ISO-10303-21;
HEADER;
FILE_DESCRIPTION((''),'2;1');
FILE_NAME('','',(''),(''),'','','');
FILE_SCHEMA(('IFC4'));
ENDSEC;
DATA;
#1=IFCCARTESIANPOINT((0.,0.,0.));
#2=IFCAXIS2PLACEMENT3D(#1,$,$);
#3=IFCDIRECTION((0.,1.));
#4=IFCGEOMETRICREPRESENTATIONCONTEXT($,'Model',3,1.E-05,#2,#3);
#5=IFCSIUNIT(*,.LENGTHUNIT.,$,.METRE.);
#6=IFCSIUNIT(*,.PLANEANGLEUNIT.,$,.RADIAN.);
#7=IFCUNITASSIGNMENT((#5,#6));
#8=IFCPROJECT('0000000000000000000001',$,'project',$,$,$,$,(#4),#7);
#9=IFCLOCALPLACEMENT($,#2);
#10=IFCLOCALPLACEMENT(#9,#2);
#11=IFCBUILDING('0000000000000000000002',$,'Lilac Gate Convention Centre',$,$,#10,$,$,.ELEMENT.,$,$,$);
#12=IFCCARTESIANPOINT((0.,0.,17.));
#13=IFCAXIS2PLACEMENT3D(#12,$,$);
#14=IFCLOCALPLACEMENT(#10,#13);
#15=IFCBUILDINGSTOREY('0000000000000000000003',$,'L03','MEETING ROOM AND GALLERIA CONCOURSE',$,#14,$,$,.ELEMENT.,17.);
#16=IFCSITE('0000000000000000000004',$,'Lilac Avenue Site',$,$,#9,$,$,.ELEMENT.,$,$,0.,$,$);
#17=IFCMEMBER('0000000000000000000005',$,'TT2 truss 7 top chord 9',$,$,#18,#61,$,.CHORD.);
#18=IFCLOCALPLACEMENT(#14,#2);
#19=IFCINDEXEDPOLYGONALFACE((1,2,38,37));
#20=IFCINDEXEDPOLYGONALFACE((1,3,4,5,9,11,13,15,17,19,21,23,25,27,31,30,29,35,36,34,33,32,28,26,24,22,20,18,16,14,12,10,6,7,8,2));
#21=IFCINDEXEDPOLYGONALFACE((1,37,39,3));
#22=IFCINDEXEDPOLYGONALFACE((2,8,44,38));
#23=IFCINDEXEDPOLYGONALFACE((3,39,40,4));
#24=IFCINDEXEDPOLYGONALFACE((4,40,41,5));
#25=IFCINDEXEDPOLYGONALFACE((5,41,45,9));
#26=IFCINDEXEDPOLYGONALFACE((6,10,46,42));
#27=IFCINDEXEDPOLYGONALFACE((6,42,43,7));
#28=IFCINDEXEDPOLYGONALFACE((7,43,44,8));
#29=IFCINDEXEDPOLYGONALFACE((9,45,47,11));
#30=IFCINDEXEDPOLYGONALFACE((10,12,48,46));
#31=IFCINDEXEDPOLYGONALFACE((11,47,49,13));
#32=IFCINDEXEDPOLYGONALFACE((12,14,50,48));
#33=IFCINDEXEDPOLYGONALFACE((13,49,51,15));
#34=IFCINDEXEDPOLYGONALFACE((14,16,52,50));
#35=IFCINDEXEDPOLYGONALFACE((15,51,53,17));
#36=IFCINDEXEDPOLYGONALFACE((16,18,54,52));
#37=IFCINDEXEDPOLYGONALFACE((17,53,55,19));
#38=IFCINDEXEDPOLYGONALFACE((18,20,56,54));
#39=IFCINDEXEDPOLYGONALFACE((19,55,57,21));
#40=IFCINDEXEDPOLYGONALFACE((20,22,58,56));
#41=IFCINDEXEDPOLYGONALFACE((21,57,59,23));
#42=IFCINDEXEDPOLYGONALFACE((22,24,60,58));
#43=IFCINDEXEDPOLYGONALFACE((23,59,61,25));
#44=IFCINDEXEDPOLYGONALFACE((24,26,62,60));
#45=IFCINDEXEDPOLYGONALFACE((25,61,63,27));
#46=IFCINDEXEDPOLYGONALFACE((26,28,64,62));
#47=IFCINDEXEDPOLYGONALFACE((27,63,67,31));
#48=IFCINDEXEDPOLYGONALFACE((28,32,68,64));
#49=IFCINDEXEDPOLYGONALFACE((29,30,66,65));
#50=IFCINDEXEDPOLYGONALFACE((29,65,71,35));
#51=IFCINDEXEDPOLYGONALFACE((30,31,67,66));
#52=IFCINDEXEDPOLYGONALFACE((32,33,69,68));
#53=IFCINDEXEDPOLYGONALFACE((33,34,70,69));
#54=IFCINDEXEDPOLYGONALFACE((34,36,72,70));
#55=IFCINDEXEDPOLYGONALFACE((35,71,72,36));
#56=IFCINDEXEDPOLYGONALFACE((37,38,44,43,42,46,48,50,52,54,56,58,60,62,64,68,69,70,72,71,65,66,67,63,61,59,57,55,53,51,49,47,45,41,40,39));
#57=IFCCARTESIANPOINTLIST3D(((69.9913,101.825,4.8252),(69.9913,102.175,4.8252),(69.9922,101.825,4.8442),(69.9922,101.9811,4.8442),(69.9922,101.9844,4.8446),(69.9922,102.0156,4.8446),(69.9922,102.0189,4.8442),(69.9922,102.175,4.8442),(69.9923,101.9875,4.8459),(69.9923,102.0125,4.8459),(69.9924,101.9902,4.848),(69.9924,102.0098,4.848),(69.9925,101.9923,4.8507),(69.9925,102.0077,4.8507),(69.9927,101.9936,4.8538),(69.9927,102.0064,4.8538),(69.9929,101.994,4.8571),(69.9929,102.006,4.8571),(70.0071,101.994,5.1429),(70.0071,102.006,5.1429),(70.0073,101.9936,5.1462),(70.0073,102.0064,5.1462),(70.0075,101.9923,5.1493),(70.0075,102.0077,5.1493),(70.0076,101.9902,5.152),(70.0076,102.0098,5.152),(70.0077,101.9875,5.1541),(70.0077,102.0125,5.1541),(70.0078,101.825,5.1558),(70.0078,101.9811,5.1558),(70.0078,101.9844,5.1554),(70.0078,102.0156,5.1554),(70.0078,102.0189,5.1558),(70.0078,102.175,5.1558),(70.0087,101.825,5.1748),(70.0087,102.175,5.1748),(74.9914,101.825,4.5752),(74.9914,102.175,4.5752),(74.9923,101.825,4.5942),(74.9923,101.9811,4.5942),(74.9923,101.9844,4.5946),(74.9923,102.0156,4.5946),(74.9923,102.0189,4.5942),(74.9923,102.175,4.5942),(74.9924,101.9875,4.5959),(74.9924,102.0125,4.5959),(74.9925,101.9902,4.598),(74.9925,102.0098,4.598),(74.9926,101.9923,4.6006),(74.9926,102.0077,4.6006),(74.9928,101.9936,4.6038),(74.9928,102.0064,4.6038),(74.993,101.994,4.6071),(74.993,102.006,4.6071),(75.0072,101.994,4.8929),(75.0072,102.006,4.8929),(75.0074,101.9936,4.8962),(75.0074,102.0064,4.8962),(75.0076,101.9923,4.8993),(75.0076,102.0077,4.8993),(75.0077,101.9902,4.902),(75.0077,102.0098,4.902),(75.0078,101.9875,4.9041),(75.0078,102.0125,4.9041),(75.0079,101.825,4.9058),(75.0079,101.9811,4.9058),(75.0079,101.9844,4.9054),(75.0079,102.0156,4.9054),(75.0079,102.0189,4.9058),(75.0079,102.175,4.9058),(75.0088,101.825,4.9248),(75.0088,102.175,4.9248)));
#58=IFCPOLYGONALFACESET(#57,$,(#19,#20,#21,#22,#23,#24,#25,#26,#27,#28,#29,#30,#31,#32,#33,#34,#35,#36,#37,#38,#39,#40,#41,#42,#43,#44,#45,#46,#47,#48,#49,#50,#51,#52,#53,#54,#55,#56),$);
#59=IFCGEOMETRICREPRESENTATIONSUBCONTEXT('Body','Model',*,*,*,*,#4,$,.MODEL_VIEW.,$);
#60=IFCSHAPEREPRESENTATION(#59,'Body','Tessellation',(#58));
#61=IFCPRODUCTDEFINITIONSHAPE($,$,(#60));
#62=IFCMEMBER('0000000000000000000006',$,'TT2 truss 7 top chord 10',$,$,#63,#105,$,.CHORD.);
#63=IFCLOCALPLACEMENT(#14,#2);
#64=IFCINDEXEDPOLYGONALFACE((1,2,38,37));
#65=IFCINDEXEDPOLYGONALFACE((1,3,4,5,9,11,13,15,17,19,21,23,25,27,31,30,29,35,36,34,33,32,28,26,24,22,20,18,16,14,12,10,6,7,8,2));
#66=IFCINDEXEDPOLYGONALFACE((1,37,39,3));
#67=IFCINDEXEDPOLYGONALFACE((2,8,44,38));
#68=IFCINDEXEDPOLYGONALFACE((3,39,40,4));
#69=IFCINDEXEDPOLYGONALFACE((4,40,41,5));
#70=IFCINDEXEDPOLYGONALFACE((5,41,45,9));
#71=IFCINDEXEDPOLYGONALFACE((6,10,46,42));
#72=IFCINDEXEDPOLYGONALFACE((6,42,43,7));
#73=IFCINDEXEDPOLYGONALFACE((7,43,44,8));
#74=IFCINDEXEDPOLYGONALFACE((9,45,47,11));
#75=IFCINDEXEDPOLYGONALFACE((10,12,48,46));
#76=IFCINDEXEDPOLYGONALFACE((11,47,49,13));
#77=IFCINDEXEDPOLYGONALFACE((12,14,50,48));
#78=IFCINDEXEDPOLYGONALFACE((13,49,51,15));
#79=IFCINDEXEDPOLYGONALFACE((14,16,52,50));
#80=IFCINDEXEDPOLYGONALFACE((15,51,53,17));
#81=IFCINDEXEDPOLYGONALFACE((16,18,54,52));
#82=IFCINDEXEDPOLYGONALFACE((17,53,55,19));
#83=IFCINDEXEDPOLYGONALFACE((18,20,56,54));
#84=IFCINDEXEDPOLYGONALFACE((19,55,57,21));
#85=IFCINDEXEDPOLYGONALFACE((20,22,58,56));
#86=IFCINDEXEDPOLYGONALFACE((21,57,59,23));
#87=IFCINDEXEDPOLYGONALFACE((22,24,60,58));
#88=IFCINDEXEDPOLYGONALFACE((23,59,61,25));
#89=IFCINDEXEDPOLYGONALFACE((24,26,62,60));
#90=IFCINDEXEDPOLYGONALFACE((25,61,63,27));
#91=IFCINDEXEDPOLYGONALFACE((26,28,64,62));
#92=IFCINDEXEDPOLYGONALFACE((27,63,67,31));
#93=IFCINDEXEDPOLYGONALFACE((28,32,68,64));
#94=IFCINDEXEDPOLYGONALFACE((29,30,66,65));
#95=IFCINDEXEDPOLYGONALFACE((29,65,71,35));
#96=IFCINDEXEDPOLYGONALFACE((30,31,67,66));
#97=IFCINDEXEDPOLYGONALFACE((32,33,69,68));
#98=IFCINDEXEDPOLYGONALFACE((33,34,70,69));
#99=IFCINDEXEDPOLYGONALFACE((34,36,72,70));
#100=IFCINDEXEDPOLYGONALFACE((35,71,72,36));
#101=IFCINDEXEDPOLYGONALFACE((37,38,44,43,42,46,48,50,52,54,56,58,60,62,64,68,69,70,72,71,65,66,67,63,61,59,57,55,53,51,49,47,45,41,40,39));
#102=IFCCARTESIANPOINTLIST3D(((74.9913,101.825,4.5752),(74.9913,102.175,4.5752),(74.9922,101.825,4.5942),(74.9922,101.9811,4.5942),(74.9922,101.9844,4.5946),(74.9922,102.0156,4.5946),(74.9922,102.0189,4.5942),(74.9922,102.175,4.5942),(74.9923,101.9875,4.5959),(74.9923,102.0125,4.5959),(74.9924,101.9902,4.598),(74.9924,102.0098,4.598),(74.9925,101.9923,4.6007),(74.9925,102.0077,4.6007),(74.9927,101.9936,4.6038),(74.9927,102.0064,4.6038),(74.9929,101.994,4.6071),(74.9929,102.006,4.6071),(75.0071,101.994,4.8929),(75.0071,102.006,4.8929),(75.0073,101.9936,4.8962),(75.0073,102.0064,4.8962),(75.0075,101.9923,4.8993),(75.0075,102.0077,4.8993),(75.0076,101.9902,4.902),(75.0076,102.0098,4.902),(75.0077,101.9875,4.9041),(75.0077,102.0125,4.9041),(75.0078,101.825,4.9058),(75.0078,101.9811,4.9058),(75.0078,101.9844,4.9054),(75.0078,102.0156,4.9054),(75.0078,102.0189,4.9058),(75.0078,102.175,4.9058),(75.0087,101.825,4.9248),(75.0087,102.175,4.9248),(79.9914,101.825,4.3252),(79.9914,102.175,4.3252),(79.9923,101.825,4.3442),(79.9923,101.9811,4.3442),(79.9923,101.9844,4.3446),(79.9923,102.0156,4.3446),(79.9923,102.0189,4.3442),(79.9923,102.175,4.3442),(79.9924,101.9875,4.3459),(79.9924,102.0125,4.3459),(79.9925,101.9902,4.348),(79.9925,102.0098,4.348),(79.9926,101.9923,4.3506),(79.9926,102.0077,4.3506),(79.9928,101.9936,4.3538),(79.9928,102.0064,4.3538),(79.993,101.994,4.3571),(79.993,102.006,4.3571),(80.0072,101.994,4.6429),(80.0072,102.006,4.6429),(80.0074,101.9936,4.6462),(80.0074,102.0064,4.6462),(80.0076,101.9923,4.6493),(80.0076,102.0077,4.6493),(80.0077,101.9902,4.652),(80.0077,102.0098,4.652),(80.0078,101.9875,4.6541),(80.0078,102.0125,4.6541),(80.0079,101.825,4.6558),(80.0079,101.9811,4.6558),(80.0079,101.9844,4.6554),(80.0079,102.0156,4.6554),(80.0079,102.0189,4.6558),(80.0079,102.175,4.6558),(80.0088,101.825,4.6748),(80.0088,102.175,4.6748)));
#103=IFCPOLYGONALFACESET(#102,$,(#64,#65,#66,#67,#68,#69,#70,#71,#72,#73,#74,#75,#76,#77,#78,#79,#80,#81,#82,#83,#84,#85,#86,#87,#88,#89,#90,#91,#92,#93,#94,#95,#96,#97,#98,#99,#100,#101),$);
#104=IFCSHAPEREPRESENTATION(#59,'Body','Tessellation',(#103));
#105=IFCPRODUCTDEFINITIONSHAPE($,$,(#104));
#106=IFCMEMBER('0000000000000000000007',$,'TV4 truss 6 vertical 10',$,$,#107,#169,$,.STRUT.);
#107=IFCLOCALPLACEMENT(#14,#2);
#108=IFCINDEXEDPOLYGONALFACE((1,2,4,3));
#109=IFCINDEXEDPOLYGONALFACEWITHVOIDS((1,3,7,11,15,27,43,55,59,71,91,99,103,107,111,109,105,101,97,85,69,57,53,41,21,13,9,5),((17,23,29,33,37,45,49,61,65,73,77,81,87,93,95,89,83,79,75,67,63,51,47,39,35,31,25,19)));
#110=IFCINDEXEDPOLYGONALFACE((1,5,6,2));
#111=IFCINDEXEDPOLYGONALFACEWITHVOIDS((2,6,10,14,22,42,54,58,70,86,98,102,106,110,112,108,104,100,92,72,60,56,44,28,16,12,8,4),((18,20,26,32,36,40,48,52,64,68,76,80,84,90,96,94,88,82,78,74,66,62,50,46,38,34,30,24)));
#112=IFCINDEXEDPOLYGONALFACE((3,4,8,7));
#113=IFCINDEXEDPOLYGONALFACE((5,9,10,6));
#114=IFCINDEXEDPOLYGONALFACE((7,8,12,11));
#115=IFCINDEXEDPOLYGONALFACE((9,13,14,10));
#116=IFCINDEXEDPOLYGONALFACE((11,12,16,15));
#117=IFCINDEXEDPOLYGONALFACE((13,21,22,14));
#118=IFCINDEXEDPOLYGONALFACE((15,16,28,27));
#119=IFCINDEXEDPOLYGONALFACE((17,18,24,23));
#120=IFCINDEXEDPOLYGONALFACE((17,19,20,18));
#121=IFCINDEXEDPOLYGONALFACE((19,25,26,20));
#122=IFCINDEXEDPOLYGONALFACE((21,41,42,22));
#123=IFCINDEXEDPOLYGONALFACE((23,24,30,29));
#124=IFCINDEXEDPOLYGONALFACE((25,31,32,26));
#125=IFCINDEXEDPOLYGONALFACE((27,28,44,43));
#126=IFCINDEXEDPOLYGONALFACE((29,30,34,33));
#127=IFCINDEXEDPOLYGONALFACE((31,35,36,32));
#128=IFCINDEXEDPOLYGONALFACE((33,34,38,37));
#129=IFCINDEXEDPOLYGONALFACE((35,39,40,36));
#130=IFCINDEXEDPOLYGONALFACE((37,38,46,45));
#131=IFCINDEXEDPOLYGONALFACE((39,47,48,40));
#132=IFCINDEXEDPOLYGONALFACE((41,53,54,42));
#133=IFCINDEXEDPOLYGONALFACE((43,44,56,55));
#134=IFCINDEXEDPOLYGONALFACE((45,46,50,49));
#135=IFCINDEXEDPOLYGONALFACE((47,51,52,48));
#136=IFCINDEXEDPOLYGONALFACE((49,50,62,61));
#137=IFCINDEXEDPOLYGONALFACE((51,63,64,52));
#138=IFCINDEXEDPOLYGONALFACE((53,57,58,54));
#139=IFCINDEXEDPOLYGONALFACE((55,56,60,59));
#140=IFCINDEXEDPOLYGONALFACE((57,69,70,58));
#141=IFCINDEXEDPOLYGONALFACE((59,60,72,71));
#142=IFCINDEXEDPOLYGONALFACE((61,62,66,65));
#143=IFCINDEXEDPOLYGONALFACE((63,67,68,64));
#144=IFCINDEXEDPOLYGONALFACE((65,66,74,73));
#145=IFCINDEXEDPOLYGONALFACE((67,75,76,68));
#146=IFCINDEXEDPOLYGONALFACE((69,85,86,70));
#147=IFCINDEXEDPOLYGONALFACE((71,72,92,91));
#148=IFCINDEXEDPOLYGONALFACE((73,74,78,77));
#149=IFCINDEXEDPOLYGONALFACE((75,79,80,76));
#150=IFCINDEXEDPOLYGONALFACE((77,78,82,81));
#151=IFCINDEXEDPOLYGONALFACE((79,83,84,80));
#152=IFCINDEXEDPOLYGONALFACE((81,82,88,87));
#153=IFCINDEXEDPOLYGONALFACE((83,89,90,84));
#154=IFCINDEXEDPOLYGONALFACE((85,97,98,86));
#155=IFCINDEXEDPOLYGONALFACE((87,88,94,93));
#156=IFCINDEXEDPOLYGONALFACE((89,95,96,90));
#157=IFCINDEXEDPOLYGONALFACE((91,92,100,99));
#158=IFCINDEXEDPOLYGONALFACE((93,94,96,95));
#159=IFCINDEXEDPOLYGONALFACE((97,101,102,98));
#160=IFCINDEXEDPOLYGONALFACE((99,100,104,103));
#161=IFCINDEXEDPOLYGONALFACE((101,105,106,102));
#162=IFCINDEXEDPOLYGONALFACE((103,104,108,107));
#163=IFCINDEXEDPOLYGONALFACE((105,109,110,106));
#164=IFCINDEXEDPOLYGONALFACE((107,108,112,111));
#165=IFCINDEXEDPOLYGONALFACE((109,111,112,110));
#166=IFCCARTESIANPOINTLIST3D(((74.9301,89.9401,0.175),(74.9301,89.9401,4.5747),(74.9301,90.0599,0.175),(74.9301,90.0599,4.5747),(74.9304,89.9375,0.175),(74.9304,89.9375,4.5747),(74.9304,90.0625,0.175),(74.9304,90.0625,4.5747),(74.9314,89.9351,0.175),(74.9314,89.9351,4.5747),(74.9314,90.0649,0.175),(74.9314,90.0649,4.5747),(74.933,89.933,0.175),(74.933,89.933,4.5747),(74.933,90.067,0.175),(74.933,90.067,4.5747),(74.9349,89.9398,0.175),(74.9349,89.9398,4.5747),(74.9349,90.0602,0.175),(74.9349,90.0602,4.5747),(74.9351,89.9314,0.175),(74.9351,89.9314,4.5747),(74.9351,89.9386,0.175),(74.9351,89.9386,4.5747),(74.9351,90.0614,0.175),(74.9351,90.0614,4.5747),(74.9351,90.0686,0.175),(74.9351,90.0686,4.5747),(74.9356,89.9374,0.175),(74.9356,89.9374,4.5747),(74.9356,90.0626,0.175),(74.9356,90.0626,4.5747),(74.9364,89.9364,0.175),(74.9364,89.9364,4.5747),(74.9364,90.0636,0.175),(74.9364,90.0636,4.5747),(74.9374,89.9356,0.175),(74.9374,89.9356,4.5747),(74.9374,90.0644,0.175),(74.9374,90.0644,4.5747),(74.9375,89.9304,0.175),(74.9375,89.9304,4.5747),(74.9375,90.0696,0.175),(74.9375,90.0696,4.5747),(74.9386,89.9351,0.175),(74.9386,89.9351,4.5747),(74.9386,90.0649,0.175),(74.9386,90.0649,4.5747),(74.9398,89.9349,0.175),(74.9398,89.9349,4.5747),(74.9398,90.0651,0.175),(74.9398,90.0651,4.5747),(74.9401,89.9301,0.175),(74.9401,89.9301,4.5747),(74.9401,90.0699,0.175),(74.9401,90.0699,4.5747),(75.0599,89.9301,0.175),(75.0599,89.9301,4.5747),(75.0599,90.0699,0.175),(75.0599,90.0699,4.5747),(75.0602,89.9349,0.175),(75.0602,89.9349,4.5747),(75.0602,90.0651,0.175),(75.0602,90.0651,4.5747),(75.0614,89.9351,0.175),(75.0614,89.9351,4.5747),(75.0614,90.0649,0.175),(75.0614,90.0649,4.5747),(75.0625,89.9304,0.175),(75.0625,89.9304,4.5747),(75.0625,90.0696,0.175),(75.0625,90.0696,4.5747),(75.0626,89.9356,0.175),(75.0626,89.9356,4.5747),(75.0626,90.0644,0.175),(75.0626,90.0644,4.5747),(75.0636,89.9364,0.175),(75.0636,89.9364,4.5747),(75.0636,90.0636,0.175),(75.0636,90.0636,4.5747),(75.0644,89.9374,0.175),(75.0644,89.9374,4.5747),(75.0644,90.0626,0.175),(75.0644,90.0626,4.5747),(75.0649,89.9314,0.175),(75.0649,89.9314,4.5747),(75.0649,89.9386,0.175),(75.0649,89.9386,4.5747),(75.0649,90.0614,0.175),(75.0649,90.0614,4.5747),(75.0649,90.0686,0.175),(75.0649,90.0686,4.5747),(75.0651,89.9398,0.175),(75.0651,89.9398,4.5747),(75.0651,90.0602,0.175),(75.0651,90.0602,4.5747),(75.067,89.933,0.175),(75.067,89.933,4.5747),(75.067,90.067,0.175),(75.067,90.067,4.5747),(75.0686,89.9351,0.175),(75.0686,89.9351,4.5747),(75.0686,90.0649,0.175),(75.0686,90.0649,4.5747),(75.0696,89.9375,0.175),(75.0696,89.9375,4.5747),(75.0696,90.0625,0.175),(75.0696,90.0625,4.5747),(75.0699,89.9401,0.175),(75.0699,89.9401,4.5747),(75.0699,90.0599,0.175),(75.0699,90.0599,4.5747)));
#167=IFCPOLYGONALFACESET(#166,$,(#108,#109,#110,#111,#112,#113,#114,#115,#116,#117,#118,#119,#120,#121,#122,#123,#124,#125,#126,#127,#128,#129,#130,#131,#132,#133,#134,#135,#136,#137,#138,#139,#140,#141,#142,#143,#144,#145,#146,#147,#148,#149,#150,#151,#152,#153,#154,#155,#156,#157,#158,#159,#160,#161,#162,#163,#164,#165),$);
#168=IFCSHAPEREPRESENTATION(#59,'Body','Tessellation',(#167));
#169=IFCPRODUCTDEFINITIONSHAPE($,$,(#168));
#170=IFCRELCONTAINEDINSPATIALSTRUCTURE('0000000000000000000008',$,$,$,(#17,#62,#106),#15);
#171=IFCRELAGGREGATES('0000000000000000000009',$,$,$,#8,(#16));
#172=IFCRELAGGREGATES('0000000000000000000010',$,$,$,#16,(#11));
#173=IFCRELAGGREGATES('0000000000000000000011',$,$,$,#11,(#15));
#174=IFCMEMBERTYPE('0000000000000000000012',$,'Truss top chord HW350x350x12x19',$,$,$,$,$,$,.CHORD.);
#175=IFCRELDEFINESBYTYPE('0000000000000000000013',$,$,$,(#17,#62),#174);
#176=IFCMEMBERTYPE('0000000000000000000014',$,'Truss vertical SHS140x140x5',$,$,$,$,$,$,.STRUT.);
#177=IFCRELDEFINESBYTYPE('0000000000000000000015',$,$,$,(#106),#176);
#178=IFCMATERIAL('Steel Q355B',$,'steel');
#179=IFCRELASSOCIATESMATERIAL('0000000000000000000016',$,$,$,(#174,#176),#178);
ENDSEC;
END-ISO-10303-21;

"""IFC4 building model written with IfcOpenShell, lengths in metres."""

from ifc_helpers import new_model, si_unit, direction, frame, origin, origin_2d, place, context, subcontext, project, spatial, hollow_rectangle, i_section, extrude, material, material_profile, profile_set, type_object, element, save


model = new_model("IFC4")

# Units and contexts
model_context = context("Model", 3, precision=1e-05, world=origin(), true_north=direction((0.0, 1.0)))
body_context = subcontext(model_context, "Body", "Model", "MODEL_VIEW")
ifc_project = project(units=[si_unit("LENGTHUNIT", "METRE"), si_unit("PLANEANGLEUNIT", "RADIAN")], contexts=[model_context])

# Site, building, storey
site_placement = place(None, origin())
site = spatial("IfcSite", under=ifc_project, at=site_placement, Name="Lilac Avenue Site", CompositionType="ELEMENT", RefElevation=0.0)
building_placement = place(site_placement, origin())
building = spatial("IfcBuilding", under=site, at=building_placement, Name="Lilac Gate Convention Centre", CompositionType="ELEMENT")
storey_placement = place(building_placement, frame((0.0, 0.0, 17.0)))
storey = spatial("IfcBuildingStorey", under=building, at=storey_placement, Name="L03", Description="MEETING ROOM AND GALLERIA CONCOURSE", CompositionType="ELEMENT", Elevation=17.0)

# Members
ifc_material = material(Name="Steel Q355B", Category="steel")
ifc_material_profile_1 = material_profile(ifc_material, i_section(OverallWidth=0.3501, OverallDepth=0.3501, WebThickness=0.012, FlangeThickness=0.019, FilletRadius=0.0129, at=origin_2d()), Name="HW350x350x12x19")
ifc_profile_set_1 = profile_set([ifc_material_profile_1], Name="Steel Q355B")
member_type_1 = type_object("IfcMemberType", Name="Truss top chord HW350x350x12x19", PredefinedType="CHORD", material=ifc_profile_set_1)
for number, where, z_axis, x_axis, name in (
    (1, (70.0, 102.0, 5.0), (0.998752, 0.0, -0.049938), (0.0, 1.0, 0.0), "TT2 truss 7 top chord 9"),
    (2, (75.0, 102.0, 4.75), (0.998752, 0.0, -0.049938), (0.0, 1.0, 0.0), "TT2 truss 7 top chord 10"),
):
    element("IfcMember", number, at=place(storey_placement, frame(where, z_axis=z_axis, x_axis=x_axis)), inside=storey, type_object=member_type_1, Name=name, PredefinedType="CHORD", context=body_context, shape_type="SweptSolid", body=[
        extrude(i_section(OverallWidth=0.3501, OverallDepth=0.3501, WebThickness=0.012, FlangeThickness=0.019, FilletRadius=0.0129, at=origin_2d()), origin(), (0.0, 0.0, 1.0), 5.0063),
    ])
ifc_material_profile_2 = material_profile(ifc_material, hollow_rectangle(XDim=0.1399, YDim=0.1399, WallThickness=0.0049, InnerFilletRadius=0.0049, OuterFilletRadius=0.01, at=origin_2d()), Name="SHS140x140x5")
ifc_profile_set_2 = profile_set([ifc_material_profile_2], Name="Steel Q355B")
member_type_2 = type_object("IfcMemberType", Name="Truss vertical SHS140x140x5", PredefinedType="STRUT", material=ifc_profile_set_2)
member_1_placement = place(storey_placement, frame((75.0, 90.0, 0.175), z_axis=(0.0, 0.0, 1.0), x_axis=(1.0, 0.0, 0.0)))
element("IfcMember", 3, at=member_1_placement, inside=storey, type_object=member_type_2, Name="TV4 truss 6 vertical 10", PredefinedType="STRUT", context=body_context, shape_type="SweptSolid", body=[
    extrude(hollow_rectangle(XDim=0.1399, YDim=0.1399, WallThickness=0.0049, InnerFilletRadius=0.0049, OuterFilletRadius=0.01, at=origin_2d()), origin(), (0.0, 0.0, 1.0), 4.3997),
])

save(model, "model.ifc")
